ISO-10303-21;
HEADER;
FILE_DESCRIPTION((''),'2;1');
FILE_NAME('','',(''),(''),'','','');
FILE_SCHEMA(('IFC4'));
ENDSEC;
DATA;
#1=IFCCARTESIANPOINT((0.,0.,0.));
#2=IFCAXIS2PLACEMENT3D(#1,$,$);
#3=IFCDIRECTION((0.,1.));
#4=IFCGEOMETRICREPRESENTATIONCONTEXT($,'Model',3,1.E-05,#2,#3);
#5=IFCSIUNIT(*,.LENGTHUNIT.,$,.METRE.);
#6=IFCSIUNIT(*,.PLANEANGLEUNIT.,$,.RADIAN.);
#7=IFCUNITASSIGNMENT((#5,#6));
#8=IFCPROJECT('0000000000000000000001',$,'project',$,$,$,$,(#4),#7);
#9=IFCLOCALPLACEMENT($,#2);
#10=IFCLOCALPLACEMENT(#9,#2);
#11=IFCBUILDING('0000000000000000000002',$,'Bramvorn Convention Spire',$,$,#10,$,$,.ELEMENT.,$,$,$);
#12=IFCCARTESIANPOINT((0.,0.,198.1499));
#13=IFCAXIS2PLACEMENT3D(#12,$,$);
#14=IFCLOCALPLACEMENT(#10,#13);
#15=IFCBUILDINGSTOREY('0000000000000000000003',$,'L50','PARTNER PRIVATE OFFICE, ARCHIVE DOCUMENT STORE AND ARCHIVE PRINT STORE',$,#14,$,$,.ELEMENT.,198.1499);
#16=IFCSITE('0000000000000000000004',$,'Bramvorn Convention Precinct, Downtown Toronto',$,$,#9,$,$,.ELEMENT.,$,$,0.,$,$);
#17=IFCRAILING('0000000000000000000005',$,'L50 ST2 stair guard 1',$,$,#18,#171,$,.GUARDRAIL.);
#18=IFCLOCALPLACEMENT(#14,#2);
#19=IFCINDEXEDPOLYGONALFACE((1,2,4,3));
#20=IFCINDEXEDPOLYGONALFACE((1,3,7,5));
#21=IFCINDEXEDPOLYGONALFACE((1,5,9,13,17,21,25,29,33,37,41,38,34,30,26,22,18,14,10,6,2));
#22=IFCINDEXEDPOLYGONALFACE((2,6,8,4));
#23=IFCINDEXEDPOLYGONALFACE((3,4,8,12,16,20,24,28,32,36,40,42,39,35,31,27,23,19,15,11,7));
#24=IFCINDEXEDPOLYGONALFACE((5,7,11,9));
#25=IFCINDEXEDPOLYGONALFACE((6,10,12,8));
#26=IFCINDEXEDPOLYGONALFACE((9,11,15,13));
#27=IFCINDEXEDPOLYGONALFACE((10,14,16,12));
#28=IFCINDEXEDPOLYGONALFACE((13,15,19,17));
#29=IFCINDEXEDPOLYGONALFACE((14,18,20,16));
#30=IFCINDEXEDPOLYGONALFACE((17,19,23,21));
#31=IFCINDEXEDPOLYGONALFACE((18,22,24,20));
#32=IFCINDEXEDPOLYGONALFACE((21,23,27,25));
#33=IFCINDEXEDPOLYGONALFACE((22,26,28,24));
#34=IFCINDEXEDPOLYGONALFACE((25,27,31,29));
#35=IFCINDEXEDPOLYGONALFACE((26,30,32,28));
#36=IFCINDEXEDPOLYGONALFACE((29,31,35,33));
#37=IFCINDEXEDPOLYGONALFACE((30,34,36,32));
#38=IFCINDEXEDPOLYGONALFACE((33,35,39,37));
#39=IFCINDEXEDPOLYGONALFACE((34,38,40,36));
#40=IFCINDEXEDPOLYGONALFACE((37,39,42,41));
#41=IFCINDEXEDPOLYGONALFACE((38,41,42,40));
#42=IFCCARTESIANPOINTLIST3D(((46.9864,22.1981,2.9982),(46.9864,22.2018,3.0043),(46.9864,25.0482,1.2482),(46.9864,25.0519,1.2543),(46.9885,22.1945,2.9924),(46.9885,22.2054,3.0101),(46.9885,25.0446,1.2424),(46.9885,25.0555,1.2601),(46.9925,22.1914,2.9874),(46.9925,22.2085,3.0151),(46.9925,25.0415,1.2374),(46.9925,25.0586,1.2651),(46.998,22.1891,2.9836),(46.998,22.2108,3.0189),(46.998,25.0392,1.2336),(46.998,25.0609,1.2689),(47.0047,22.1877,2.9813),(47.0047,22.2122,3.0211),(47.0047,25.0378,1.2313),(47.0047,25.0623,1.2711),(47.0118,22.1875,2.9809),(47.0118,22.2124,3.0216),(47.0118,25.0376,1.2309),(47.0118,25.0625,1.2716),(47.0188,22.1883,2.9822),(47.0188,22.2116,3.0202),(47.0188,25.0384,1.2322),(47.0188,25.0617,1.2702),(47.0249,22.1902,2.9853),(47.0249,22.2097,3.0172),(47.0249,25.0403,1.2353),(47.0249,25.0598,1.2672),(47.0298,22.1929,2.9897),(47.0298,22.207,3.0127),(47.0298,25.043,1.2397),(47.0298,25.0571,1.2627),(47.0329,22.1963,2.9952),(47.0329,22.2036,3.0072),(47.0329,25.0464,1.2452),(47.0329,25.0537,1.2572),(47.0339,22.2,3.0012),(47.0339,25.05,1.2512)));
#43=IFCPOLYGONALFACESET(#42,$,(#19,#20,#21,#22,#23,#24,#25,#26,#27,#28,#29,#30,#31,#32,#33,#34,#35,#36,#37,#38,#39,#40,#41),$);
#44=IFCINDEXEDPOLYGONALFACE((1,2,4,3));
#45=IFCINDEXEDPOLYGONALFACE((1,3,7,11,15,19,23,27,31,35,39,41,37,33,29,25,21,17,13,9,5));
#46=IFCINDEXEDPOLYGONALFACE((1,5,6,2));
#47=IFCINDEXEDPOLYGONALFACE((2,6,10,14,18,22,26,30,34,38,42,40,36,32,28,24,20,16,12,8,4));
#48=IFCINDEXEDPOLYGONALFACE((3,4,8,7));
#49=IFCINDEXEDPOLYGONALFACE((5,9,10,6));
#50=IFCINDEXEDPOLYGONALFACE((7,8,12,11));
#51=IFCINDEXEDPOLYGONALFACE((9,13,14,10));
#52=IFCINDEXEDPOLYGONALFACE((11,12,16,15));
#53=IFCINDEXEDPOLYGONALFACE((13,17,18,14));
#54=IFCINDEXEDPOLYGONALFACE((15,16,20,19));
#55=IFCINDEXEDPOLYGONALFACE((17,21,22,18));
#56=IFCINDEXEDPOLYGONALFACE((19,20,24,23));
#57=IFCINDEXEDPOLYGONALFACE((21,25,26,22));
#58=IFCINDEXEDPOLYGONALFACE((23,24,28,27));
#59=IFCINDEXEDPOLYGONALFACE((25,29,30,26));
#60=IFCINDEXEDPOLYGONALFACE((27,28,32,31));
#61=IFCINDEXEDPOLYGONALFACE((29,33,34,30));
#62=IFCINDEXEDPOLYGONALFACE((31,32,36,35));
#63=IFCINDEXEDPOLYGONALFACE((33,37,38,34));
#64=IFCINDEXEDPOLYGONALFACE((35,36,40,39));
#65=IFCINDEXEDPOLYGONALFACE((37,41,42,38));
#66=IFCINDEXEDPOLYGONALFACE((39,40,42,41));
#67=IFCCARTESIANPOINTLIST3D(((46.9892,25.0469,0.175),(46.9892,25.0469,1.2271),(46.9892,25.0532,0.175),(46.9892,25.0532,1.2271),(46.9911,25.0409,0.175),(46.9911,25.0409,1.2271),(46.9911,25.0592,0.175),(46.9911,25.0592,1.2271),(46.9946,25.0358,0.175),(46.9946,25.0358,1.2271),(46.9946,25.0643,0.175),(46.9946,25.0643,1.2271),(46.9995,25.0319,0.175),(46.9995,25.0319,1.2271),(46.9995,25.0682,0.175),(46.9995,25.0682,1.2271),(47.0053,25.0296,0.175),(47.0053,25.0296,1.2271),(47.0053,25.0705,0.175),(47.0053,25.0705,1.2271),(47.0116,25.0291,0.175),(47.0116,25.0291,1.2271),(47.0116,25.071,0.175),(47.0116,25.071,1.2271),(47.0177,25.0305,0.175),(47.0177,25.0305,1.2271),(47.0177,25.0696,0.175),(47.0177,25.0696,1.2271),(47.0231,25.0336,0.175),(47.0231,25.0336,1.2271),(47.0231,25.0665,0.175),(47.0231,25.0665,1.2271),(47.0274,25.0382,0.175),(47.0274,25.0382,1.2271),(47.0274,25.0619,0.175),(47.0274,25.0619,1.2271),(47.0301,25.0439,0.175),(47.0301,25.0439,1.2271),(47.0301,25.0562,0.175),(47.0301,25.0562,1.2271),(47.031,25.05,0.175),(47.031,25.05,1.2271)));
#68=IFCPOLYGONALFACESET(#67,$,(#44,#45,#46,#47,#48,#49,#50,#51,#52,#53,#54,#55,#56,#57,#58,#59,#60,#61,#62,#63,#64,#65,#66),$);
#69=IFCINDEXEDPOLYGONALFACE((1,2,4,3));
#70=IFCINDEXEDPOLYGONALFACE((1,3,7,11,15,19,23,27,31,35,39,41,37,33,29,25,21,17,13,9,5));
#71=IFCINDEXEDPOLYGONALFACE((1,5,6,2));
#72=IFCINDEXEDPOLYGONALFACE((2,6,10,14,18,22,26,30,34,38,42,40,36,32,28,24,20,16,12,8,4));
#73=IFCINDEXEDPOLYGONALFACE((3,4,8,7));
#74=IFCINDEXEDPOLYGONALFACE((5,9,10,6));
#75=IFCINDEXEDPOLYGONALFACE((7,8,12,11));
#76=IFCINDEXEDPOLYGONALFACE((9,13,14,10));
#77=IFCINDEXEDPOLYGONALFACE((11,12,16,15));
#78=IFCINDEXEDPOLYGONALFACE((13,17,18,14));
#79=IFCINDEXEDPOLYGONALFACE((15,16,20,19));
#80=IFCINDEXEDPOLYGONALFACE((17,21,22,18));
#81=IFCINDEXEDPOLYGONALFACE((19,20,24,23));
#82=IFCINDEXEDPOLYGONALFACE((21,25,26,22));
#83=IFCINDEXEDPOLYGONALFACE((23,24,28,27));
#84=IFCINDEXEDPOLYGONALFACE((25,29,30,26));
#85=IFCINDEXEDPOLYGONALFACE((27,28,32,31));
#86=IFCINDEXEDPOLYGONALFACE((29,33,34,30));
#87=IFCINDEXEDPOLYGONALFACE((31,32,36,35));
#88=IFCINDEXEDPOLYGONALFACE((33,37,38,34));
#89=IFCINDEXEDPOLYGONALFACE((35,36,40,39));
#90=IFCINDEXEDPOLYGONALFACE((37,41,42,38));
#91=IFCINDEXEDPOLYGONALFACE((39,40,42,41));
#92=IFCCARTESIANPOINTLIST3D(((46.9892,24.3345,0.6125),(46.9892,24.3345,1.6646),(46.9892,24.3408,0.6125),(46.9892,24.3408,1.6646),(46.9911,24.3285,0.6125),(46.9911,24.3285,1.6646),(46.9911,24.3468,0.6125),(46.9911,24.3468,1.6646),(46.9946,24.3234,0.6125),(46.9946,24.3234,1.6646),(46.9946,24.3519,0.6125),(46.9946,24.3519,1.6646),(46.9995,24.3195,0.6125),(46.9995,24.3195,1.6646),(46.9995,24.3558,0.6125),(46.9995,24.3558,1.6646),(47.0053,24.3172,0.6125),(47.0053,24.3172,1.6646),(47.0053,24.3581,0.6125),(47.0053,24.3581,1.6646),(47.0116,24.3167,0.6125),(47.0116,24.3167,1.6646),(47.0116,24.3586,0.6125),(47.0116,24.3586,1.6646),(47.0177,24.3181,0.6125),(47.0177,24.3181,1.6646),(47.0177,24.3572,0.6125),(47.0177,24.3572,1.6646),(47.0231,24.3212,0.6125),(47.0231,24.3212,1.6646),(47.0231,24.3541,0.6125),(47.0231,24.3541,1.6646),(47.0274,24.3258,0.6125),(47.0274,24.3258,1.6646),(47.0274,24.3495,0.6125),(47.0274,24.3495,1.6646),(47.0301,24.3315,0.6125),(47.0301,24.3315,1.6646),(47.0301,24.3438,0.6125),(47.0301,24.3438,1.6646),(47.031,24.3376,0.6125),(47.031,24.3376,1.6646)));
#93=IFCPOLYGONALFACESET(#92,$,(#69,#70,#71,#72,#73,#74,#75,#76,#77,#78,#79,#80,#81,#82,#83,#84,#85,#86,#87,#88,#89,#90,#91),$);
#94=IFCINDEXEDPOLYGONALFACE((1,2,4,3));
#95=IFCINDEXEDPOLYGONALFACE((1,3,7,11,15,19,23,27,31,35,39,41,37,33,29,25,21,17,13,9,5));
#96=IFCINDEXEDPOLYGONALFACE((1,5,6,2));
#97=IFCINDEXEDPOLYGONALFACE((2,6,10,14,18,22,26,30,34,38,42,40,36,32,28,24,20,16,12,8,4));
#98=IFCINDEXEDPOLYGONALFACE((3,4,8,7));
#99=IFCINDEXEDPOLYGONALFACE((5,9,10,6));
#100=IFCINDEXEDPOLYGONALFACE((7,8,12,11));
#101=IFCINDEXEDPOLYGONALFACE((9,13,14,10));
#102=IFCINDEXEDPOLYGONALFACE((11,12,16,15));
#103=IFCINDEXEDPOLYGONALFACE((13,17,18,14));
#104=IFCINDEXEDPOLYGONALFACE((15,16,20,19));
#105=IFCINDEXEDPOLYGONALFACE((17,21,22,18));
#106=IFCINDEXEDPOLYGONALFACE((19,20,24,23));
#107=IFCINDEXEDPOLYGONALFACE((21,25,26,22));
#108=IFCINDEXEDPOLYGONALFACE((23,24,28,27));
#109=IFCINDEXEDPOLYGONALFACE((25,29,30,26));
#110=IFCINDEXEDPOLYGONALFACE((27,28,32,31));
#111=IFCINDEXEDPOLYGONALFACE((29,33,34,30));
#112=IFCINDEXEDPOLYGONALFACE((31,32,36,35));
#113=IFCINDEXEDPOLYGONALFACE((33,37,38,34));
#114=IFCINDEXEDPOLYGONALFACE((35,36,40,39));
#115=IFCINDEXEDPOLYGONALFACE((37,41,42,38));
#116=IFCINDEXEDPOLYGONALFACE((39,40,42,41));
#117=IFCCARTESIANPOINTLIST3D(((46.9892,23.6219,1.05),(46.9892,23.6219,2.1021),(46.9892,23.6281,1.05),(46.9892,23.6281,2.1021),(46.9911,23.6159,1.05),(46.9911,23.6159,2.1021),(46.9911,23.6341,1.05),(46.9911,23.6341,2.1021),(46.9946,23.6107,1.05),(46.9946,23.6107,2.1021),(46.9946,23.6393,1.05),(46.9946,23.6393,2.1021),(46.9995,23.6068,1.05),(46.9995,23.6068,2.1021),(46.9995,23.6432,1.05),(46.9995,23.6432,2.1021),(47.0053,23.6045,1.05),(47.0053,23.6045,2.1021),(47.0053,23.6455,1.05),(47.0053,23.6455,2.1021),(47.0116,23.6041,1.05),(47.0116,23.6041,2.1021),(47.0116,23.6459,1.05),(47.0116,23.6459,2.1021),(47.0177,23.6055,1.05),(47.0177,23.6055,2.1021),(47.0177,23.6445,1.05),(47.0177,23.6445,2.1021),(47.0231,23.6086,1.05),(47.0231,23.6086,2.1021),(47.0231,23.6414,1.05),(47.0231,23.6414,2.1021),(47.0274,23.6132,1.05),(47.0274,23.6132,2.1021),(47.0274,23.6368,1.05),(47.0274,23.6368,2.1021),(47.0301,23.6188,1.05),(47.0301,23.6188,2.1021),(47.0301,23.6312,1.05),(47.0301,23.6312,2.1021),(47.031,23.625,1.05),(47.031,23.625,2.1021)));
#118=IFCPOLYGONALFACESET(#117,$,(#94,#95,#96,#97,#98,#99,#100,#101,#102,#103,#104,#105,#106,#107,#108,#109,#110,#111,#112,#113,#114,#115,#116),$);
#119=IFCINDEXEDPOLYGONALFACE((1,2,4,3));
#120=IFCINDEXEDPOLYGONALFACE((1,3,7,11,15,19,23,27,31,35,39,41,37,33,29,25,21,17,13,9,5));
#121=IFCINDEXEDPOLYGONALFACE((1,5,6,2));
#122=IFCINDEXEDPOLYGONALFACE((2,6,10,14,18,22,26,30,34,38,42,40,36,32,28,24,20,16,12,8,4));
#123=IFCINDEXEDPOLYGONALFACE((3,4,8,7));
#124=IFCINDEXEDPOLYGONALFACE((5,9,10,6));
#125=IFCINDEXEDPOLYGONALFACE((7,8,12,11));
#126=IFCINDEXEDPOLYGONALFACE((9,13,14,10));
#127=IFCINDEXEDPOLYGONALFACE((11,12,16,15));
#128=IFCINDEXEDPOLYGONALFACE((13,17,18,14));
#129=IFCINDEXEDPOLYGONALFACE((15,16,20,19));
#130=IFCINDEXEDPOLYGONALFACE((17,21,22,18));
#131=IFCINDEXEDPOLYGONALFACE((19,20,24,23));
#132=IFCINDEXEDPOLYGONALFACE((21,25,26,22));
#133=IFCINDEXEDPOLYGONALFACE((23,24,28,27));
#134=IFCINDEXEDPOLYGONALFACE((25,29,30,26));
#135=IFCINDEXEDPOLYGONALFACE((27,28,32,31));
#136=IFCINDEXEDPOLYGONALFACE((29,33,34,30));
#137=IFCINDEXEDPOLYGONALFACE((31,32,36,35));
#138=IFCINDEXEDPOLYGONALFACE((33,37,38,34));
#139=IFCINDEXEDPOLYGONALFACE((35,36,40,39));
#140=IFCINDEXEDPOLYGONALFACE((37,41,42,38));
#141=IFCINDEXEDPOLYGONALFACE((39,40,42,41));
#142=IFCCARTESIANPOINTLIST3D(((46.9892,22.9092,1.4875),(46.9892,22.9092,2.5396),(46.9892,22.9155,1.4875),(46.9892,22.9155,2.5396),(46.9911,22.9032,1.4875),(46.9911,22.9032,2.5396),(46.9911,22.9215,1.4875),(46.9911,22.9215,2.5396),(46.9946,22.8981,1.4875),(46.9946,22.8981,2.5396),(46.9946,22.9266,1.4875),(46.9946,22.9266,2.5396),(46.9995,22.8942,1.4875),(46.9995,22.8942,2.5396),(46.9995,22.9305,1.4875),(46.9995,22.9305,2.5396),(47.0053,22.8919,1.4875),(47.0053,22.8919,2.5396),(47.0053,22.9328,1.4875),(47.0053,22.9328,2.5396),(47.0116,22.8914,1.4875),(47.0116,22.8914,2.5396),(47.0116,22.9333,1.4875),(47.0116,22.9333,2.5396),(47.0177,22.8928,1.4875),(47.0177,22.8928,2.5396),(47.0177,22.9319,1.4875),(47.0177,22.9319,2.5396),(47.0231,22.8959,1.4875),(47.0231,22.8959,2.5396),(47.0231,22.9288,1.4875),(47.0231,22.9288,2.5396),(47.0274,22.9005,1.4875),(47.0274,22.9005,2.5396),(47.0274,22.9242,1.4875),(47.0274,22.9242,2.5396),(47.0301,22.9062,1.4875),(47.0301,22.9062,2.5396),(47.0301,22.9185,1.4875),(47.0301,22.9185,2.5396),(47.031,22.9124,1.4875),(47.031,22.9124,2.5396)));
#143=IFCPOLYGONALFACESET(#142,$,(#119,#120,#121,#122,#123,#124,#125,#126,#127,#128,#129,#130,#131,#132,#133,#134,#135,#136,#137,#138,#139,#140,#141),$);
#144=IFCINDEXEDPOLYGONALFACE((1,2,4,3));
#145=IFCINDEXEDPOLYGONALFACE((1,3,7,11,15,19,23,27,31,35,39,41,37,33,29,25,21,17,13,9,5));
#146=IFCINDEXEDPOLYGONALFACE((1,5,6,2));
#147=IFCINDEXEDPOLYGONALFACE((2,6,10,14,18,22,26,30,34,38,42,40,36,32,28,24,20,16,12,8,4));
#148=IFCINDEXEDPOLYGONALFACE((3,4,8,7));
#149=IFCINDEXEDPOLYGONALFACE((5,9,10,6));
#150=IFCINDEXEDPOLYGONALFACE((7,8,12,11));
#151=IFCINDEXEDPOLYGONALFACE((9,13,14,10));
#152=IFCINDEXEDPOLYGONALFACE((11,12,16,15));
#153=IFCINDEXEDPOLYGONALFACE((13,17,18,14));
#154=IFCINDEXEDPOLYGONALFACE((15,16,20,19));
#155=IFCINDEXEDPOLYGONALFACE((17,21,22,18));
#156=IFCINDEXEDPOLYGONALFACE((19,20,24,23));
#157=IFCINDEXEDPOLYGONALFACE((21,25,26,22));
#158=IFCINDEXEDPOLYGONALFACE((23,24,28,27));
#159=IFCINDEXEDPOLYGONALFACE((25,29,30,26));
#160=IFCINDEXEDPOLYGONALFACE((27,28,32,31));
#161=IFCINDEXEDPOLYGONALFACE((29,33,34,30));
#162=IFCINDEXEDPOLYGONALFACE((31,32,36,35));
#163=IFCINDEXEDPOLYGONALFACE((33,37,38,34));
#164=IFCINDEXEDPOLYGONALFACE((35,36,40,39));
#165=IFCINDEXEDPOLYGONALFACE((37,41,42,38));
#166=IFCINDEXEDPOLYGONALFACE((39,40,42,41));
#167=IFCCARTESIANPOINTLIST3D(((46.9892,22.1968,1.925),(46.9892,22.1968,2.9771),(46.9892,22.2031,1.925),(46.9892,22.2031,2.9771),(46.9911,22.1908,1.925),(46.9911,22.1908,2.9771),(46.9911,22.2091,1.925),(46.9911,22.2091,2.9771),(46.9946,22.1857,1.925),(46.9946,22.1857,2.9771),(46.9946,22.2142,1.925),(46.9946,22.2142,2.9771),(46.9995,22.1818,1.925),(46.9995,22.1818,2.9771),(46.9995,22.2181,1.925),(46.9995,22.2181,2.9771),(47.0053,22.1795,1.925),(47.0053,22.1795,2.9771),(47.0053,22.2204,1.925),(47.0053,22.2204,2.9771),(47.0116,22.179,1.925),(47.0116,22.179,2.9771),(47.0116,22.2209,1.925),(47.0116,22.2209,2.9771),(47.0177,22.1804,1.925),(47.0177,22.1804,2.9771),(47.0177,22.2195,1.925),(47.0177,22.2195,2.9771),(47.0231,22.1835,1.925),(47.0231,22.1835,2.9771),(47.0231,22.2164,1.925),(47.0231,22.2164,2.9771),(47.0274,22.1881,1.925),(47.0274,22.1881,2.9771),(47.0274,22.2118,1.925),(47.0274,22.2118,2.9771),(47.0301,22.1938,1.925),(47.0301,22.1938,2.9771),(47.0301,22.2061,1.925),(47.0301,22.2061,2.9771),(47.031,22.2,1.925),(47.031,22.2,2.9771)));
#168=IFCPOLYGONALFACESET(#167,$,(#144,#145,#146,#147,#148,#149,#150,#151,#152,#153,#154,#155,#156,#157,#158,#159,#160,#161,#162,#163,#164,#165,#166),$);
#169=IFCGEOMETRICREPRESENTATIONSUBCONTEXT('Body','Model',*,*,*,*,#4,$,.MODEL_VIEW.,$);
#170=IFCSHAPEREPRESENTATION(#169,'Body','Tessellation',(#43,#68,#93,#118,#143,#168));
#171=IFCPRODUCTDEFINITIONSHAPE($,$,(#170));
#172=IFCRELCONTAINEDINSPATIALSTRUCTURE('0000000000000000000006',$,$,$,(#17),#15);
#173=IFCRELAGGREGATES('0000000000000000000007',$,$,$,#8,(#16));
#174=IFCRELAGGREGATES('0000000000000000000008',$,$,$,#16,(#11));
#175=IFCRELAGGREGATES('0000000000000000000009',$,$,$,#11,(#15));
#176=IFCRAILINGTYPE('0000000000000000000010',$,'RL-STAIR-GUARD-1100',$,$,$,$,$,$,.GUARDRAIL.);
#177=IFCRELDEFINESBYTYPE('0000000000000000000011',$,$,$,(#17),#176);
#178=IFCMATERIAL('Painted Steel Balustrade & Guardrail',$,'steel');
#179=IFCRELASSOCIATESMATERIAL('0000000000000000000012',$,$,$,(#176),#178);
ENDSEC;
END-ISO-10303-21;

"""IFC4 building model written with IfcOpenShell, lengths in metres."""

from ifc_helpers import new_model, si_unit, direction, frame, origin, origin_2d, place, context, subcontext, project, spatial, circle, extrude, material, type_object, element, save


model = new_model("IFC4")

# Units and contexts
model_context = context("Model", 3, precision=1e-05, world=origin(), true_north=direction((0.0, 1.0)))
body_context = subcontext(model_context, "Body", "Model", "MODEL_VIEW")
ifc_project = project(units=[si_unit("LENGTHUNIT", "METRE"), si_unit("PLANEANGLEUNIT", "RADIAN")], contexts=[model_context])

# Site, building, storey
site_placement = place(None, origin())
site = spatial("IfcSite", under=ifc_project, at=site_placement, Name="Bramvorn Convention Precinct, Downtown Toronto", CompositionType="ELEMENT", RefElevation=0.0)
building_placement = place(site_placement, origin())
building = spatial("IfcBuilding", under=site, at=building_placement, Name="Bramvorn Convention Spire", CompositionType="ELEMENT")
storey_placement = place(building_placement, frame((0.0, 0.0, 198.1499)))
storey = spatial("IfcBuildingStorey", under=building, at=storey_placement, Name="L50", Description="PARTNER PRIVATE OFFICE, ARCHIVE DOCUMENT STORE AND ARCHIVE PRINT STORE", CompositionType="ELEMENT", Elevation=198.1499)

# Railing
ifc_material_1 = material(Name="Painted Steel Balustrade & Guardrail", Category="steel")
railing_type_1 = type_object("IfcRailingType", Name="RL-STAIR-GUARD-1100", PredefinedType="GUARDRAIL", material=ifc_material_1)
railing_1_placement = place(storey_placement, frame((47.01, 25.05, 0.175)))
element("IfcRailing", 1, at=railing_1_placement, inside=storey, type_object=railing_type_1, Name="L50 ST2 stair guard 1", PredefinedType="GUARDRAIL", context=body_context, shape_type="SweptSolid", body=[
    extrude(circle(Radius=0.0239, at=origin_2d()), frame((0.0, 0.0, 1.0762), z_axis=(0.0, -0.852179, 0.52325), x_axis=(1.0, 0.0, 0.0)), (0.0, 0.0, 1.0), 3.3445),
    extrude(circle(Radius=0.021, at=origin_2d()), origin(), (0.0, 0.0, 1.0), 1.052),
    extrude(circle(Radius=0.021, at=origin_2d()), frame((0.0, -0.7124, 0.4375)), (0.0, 0.0, 1.0), 1.052),
    extrude(circle(Radius=0.021, at=origin_2d()), frame((0.0, -1.425, 0.875)), (0.0, 0.0, 1.0), 1.052),
    extrude(circle(Radius=0.021, at=origin_2d()), frame((0.0, -2.1377, 1.3125)), (0.0, 0.0, 1.0), 1.052),
    extrude(circle(Radius=0.021, at=origin_2d()), frame((0.0, -2.8501, 1.75)), (0.0, 0.0, 1.0), 1.052),
])

save(model, "model.ifc")
